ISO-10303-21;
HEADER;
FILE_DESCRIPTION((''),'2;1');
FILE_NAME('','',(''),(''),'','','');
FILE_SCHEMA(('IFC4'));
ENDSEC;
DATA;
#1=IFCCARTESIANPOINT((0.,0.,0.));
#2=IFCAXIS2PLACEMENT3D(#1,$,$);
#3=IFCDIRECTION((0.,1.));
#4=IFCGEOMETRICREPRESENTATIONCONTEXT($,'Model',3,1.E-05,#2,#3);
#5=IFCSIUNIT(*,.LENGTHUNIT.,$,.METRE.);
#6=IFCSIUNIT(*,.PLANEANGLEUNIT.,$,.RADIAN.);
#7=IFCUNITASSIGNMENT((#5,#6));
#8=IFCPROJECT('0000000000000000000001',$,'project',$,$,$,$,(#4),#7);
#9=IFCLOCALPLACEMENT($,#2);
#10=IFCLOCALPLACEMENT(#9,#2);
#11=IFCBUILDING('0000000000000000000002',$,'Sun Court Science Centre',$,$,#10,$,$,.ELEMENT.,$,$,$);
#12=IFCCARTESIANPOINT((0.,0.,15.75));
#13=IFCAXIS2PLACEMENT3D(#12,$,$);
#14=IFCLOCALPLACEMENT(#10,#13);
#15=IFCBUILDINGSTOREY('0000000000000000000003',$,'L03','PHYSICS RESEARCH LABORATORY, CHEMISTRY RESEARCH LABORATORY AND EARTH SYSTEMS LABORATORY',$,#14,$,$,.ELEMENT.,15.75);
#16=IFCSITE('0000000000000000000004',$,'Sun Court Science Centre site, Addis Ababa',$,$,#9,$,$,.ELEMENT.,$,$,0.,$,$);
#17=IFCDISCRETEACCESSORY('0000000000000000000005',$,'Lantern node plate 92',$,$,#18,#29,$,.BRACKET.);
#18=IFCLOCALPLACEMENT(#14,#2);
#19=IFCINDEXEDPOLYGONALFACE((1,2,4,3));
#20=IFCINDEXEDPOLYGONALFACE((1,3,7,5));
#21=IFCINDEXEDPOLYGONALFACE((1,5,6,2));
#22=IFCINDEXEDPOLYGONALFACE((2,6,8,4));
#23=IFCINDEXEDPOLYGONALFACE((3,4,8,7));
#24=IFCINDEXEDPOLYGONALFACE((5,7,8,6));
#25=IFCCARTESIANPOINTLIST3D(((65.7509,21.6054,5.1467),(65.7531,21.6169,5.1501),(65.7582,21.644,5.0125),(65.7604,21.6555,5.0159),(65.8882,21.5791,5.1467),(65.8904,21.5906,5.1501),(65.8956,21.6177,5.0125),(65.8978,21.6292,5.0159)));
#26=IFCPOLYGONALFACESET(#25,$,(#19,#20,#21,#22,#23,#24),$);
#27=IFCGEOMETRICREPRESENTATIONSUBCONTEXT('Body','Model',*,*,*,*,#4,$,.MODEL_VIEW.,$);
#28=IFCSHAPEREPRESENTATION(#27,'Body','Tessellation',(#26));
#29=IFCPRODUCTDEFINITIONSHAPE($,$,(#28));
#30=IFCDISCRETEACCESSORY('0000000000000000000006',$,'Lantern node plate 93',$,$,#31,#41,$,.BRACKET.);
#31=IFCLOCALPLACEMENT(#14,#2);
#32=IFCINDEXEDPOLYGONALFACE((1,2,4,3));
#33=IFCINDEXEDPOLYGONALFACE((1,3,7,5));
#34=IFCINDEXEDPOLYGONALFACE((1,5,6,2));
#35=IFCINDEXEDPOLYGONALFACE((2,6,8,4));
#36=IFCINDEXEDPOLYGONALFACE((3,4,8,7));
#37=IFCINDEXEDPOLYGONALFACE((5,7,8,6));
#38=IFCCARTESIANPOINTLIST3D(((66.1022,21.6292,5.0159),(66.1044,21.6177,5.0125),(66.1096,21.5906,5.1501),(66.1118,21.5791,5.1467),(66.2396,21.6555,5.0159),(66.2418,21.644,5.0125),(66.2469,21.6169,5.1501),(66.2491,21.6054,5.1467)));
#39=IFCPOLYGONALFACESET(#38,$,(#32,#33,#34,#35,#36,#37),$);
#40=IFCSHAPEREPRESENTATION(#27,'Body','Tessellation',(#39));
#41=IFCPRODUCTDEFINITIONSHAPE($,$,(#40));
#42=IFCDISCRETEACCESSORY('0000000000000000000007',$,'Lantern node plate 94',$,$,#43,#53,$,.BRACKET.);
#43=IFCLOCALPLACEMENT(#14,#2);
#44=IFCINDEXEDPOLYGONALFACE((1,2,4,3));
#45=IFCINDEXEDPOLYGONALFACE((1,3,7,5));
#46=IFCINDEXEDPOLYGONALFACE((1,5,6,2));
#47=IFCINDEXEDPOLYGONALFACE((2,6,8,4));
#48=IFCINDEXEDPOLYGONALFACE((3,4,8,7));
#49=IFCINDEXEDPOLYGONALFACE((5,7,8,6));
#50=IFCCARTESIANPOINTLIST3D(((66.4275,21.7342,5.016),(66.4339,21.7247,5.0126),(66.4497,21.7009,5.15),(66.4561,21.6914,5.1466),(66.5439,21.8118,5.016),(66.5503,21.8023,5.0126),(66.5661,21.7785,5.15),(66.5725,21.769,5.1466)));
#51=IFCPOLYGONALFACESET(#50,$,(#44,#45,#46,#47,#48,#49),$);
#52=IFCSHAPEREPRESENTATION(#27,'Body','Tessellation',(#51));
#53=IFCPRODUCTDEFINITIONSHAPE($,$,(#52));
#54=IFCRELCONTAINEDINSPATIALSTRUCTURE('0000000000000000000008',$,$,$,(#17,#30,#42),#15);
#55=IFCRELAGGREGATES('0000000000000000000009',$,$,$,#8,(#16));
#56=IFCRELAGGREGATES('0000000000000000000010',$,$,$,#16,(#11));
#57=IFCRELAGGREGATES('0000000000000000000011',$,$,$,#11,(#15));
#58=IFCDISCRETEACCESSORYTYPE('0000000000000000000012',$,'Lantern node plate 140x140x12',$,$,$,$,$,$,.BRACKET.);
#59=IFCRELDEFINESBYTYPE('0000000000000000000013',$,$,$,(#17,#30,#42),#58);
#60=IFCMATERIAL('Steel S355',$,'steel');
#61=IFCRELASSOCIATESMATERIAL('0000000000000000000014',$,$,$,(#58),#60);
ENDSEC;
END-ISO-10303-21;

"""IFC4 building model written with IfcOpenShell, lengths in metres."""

from ifc_helpers import new_model, si_unit, direction, frame, origin, origin_2d, place, context, subcontext, project, spatial, rectangle, extrude, material, material_profile, profile_set, type_object, element, save


model = new_model("IFC4")

# Units and contexts
model_context = context("Model", 3, precision=1e-05, world=origin(), true_north=direction((0.0, 1.0)))
body_context = subcontext(model_context, "Body", "Model", "MODEL_VIEW")
ifc_project = project(units=[si_unit("LENGTHUNIT", "METRE"), si_unit("PLANEANGLEUNIT", "RADIAN")], contexts=[model_context])

# Site, building, storey
site_placement = place(None, origin())
site = spatial("IfcSite", under=ifc_project, at=site_placement, Name="Sun Court Science Centre site, Addis Ababa", CompositionType="ELEMENT", RefElevation=0.0)
building_placement = place(site_placement, origin())
building = spatial("IfcBuilding", under=site, at=building_placement, Name="Sun Court Science Centre", CompositionType="ELEMENT")
storey_placement = place(building_placement, frame((0.0, 0.0, 15.75)))
storey = spatial("IfcBuildingStorey", under=building, at=storey_placement, Name="L03", Description="PHYSICS RESEARCH LABORATORY, CHEMISTRY RESEARCH LABORATORY AND EARTH SYSTEMS LABORATORY", CompositionType="ELEMENT", Elevation=15.75)

# Discrete accessories
ifc_material_1 = material(Name="Steel S355", Category="steel")
ifc_material_profile_1 = material_profile(ifc_material_1, rectangle(XDim=0.1399, YDim=0.1399, at=origin_2d()), Name="PL 140x140")
ifc_profile_set_1 = profile_set([ifc_material_profile_1], Name="Steel S355")
discrete_accessory_type_1 = type_object("IfcDiscreteAccessoryType", Name="Lantern node plate 140x140x12", PredefinedType="BRACKET", material=ifc_profile_set_1)
for number, where, z_axis, x_axis, name in (
    (1, (65.8232, 21.6116, 5.0796), (0.180506, 0.942643, 0.280787), (-0.982155, 0.188072, 0.0), "Lantern node plate 92"),
    (2, (66.1768, 21.6116, 5.0796), (-0.180506, 0.942643, 0.280787), (-0.982155, -0.188072, 0.0), "Lantern node plate 93"),
):
    element("IfcDiscreteAccessory", number, at=place(storey_placement, frame(where, z_axis=z_axis, x_axis=x_axis)), inside=storey, type_object=discrete_accessory_type_1, Name=name, PredefinedType="BRACKET", context=body_context, shape_type="SweptSolid", body=[
        extrude(rectangle(XDim=0.1399, YDim=0.1399, at=origin_2d()), origin(), (0.0, 0.0, 1.0), 0.0122),
    ])
discrete_accessory_1_placement = place(storey_placement, frame((66.5032, 21.7468, 5.0796), z_axis=(-0.531498, 0.797248, 0.286191), x_axis=(-0.83205, -0.5547, 0.0)))
element("IfcDiscreteAccessory", 3, at=discrete_accessory_1_placement, inside=storey, type_object=discrete_accessory_type_1, Name="Lantern node plate 94", PredefinedType="BRACKET", context=body_context, shape_type="SweptSolid", body=[
    extrude(rectangle(XDim=0.1399, YDim=0.1399, at=origin_2d()), origin(), (0.0, 0.0, 1.0), 0.012),
])

save(model, "model.ifc")
